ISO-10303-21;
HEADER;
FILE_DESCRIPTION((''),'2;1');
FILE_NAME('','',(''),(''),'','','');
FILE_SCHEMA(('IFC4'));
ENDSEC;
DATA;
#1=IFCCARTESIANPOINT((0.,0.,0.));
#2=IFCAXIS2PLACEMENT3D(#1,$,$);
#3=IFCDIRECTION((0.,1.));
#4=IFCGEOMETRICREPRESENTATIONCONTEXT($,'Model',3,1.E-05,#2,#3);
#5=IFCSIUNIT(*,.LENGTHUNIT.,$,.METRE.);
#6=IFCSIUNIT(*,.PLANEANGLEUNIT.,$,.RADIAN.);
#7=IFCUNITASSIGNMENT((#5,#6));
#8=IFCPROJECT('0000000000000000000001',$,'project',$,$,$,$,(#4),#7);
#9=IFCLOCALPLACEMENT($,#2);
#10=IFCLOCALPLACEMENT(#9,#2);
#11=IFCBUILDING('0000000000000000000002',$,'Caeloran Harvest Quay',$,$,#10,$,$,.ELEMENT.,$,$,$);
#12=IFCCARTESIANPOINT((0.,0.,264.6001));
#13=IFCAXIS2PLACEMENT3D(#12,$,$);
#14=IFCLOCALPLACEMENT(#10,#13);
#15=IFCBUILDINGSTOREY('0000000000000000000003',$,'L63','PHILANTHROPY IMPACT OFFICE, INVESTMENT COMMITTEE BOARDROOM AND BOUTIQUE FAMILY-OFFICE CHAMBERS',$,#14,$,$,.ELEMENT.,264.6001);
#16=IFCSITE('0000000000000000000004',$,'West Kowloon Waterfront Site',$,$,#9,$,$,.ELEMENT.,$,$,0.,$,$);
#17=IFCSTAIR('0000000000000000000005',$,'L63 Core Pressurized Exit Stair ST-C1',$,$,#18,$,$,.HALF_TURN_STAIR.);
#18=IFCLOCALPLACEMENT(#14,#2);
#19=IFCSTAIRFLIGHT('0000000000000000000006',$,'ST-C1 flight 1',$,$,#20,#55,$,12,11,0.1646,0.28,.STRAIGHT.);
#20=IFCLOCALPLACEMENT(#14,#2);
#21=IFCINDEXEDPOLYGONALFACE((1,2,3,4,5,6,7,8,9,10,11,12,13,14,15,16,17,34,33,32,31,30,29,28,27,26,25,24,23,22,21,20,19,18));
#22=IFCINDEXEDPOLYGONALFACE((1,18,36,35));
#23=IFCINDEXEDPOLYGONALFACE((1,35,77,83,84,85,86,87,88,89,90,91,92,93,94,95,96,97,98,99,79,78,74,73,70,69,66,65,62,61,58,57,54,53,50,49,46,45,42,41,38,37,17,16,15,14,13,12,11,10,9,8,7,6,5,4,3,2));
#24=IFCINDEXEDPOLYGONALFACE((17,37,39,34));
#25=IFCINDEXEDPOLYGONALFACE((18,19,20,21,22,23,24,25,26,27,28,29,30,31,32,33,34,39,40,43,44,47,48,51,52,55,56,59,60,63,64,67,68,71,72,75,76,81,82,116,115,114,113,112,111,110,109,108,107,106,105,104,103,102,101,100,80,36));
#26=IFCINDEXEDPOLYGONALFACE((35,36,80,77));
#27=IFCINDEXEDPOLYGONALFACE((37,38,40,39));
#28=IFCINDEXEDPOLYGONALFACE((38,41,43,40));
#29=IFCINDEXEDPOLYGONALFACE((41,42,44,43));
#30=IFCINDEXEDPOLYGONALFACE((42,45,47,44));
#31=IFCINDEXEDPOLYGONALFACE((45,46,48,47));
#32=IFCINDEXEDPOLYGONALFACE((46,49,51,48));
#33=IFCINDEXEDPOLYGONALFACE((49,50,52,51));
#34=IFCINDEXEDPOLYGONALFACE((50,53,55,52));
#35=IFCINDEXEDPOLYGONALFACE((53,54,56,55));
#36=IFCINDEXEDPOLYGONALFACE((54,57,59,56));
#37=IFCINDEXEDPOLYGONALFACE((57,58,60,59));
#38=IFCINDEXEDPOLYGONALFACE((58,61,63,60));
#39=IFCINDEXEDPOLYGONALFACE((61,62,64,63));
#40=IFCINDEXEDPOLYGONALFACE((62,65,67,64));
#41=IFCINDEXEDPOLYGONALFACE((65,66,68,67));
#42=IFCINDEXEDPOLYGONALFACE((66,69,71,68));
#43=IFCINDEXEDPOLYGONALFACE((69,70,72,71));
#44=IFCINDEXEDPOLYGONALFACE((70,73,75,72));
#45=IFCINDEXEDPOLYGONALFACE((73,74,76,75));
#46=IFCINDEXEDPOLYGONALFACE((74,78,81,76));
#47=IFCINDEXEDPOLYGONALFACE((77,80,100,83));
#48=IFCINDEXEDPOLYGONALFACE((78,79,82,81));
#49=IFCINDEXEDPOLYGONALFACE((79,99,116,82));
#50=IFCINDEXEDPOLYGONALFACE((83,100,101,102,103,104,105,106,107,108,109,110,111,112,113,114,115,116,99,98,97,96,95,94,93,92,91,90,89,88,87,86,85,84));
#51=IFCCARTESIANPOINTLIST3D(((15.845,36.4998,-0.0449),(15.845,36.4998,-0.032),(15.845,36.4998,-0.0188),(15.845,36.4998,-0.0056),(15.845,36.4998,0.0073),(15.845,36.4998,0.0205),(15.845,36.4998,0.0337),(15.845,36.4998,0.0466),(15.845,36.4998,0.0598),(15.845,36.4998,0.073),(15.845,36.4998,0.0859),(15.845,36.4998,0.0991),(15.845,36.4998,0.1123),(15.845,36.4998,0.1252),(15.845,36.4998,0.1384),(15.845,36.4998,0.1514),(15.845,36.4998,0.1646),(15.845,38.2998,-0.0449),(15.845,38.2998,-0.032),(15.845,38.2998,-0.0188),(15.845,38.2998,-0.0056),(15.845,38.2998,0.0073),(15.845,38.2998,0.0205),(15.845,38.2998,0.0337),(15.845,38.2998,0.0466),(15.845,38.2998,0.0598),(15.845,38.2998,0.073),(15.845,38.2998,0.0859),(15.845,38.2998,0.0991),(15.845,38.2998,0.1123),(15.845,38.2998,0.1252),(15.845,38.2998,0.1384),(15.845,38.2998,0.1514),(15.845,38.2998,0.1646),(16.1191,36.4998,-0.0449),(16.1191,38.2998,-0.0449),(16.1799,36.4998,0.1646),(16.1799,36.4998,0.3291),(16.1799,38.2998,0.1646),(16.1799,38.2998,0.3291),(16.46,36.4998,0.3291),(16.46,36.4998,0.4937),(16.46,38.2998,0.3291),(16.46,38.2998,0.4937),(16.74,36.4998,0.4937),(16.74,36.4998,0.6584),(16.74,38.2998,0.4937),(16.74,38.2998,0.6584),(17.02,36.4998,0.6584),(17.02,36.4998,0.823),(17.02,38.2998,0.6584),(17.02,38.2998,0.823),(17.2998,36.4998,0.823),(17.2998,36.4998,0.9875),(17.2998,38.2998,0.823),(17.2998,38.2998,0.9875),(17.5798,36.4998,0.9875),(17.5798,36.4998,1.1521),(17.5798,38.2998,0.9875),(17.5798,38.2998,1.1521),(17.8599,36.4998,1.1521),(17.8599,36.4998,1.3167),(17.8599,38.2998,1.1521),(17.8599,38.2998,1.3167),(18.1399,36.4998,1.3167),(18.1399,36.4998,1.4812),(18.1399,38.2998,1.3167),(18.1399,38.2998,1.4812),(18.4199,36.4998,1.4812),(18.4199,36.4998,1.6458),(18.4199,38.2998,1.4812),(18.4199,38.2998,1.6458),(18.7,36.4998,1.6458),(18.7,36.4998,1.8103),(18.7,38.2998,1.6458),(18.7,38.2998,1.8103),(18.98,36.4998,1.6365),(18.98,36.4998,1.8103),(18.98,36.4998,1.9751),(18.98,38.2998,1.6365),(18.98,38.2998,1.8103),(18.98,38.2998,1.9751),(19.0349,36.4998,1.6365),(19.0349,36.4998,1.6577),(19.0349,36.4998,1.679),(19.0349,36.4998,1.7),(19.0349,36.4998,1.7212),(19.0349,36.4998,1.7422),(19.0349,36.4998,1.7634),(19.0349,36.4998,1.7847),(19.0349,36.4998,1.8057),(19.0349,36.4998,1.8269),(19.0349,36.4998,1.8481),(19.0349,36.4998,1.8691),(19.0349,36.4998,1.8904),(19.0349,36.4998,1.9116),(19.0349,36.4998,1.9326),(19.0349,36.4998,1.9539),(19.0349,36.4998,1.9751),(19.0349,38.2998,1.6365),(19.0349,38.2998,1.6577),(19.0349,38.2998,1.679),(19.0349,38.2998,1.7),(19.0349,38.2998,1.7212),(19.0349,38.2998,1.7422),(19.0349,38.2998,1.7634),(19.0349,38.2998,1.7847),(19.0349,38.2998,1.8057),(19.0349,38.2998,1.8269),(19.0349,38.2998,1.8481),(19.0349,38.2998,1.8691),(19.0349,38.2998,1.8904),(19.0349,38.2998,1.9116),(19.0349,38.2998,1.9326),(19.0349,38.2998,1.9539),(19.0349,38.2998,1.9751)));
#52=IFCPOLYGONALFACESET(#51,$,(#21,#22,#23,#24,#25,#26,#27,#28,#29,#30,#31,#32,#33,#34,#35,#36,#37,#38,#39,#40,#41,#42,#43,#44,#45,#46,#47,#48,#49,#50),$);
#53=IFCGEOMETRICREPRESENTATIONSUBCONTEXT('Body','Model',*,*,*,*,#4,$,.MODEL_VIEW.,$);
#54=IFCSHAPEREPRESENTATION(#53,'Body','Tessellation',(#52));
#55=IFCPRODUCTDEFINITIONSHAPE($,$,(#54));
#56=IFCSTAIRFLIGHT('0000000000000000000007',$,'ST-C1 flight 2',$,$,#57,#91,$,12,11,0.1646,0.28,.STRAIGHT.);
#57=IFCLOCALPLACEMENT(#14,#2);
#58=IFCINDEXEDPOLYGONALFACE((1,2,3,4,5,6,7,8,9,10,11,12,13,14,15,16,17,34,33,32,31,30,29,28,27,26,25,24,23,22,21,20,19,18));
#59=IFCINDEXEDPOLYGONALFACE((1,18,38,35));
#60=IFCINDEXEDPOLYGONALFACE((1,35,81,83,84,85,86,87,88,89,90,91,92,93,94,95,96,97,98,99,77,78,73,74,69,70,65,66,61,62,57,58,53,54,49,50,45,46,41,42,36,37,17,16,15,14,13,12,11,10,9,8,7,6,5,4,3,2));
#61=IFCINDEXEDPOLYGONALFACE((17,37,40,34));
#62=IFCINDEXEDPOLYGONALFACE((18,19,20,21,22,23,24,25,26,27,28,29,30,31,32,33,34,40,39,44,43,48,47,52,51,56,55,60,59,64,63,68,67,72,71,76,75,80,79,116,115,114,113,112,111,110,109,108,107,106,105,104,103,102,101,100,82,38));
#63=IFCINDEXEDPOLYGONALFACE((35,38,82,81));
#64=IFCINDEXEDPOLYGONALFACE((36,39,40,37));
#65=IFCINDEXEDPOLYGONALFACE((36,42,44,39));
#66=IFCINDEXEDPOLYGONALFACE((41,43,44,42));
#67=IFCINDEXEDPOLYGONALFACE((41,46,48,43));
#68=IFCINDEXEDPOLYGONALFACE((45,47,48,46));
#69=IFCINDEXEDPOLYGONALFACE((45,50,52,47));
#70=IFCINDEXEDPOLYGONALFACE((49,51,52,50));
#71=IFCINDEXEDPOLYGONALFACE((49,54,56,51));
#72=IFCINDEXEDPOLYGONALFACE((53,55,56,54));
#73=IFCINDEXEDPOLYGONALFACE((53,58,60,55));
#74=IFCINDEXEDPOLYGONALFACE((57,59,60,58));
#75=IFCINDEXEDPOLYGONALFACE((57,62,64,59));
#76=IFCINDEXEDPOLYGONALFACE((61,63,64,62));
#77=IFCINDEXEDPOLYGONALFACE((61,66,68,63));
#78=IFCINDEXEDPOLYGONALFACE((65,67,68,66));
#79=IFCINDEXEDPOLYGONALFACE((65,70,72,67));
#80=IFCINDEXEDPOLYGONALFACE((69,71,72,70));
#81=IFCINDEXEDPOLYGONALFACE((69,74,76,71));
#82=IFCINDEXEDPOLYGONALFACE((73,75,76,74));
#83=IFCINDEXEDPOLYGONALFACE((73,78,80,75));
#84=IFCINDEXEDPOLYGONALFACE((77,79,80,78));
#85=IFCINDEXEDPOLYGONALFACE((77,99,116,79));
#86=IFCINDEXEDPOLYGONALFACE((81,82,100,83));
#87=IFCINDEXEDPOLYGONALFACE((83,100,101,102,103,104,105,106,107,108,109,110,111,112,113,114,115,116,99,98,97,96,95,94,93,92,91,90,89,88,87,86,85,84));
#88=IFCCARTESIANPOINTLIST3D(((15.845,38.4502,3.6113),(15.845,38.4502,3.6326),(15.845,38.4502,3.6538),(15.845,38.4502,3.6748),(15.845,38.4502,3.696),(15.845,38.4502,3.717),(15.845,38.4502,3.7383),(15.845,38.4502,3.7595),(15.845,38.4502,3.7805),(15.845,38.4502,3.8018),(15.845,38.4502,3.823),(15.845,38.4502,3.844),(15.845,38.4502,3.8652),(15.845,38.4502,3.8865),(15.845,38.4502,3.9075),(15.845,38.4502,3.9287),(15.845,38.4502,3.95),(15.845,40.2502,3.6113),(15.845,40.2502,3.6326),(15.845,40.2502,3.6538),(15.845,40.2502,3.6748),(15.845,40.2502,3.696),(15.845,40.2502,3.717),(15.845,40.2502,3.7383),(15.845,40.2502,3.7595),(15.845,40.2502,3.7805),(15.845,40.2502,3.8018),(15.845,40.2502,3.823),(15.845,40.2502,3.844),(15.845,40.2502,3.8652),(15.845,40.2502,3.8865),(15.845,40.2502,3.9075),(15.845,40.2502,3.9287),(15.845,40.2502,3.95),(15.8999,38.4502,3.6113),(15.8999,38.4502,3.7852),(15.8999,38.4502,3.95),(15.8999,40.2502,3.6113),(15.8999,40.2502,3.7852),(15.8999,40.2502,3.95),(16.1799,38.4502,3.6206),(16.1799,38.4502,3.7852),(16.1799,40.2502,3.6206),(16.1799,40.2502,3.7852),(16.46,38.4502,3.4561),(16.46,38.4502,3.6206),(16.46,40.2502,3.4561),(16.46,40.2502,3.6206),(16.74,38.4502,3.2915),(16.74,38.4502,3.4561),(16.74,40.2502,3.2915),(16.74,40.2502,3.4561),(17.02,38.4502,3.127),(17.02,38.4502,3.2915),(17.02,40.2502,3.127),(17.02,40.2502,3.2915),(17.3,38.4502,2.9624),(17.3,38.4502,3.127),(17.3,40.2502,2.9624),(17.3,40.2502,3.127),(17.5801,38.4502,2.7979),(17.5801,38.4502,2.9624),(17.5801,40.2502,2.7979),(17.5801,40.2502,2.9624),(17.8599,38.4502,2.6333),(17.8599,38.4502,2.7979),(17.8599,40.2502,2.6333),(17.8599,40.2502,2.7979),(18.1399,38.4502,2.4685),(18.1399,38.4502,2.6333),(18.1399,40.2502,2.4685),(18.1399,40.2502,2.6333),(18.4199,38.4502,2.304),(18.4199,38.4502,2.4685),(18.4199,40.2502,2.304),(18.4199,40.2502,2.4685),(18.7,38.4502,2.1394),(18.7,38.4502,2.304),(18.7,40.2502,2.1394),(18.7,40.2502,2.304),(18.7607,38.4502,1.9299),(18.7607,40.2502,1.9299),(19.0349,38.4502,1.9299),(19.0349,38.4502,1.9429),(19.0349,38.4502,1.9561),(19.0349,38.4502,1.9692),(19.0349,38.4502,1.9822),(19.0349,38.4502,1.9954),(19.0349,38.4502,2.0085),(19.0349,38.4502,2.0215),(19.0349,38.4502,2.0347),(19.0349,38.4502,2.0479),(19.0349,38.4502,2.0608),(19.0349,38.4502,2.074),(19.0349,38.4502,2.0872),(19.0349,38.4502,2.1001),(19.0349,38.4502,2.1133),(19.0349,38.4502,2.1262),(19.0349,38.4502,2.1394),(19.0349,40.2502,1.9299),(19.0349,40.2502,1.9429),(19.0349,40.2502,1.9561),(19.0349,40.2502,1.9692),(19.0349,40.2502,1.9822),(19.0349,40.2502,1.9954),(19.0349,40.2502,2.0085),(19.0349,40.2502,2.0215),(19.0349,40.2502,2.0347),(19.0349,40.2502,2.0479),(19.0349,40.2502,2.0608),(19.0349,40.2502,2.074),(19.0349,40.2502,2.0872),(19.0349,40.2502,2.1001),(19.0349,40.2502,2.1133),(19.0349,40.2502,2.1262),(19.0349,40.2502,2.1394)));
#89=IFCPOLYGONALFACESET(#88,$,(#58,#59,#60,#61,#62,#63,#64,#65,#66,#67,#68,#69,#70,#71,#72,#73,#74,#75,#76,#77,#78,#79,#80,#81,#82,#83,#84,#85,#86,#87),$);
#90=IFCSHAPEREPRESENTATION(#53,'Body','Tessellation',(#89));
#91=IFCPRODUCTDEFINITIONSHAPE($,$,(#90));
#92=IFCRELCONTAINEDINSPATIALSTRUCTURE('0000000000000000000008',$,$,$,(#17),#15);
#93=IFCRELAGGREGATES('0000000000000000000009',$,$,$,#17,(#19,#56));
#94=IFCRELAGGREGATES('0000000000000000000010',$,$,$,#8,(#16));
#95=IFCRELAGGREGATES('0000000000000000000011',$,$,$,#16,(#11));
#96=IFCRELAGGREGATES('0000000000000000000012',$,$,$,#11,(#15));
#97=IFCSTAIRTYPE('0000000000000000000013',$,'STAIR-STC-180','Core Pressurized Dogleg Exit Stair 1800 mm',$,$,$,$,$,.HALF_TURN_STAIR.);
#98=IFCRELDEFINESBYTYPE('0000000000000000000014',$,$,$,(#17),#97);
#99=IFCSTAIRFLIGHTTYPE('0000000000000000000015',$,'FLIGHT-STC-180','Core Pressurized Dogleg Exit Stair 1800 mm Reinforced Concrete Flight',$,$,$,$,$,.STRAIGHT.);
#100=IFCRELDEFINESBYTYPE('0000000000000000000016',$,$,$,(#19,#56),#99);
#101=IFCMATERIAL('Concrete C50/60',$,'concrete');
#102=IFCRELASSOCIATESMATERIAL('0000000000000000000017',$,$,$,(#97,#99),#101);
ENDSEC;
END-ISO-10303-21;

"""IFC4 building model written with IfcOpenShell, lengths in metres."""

from ifc_helpers import new_model, si_unit, direction, frame, origin, place, context, subcontext, project, spatial, polyline, outline, extrude, material, type_object, element, aggregate, save


model = new_model("IFC4")

# Units and contexts
model_context = context("Model", 3, precision=1e-05, world=origin(), true_north=direction((0.0, 1.0)))
body_context = subcontext(model_context, "Body", "Model", "MODEL_VIEW")
ifc_project = project(units=[si_unit("LENGTHUNIT", "METRE"), si_unit("PLANEANGLEUNIT", "RADIAN")], contexts=[model_context])

# Site, building, storey
site_placement = place(None, origin())
site = spatial("IfcSite", under=ifc_project, at=site_placement, Name="West Kowloon Waterfront Site", CompositionType="ELEMENT", RefElevation=0.0)
building_placement = place(site_placement, origin())
building = spatial("IfcBuilding", under=site, at=building_placement, Name="Caeloran Harvest Quay", CompositionType="ELEMENT")
storey_placement = place(building_placement, frame((0.0, 0.0, 264.6001)))
storey = spatial("IfcBuildingStorey", under=building, at=storey_placement, Name="L63", Description="PHILANTHROPY IMPACT OFFICE, INVESTMENT COMMITTEE BOARDROOM AND BOUTIQUE FAMILY-OFFICE CHAMBERS", CompositionType="ELEMENT", Elevation=264.6001)

# Stair, stair flights
ifc_material_1 = material(Name="Concrete C50/60", Category="concrete")
stair_type = type_object("IfcStairType", Name="STAIR-STC-180", Description="Core Pressurized Dogleg Exit Stair 1800 mm", PredefinedType="HALF_TURN_STAIR", material=ifc_material_1)
stair_1_placement = place(storey_placement, origin())
stair_1 = element("IfcStair", 1, at=stair_1_placement, inside=storey, type_object=stair_type, Name="L63 Core Pressurized Exit Stair ST-C1", PredefinedType="HALF_TURN_STAIR")
stair_flight_type = type_object("IfcStairFlightType", Name="FLIGHT-STC-180", Description="Core Pressurized Dogleg Exit Stair 1800 mm Reinforced Concrete Flight", PredefinedType="STRAIGHT", material=ifc_material_1)
stair_flight_1_placement = place(storey_placement, frame((15.8999, 37.3999, 0.0), z_axis=(0.0, 0.0, 1.0), x_axis=(1.0, 0.0, 0.0)))
stair_flight_1 = element("IfcStairFlight", 2, at=stair_flight_1_placement, type_object=stair_flight_type, Name="ST-C1 flight 1", NumberOfRisers=12, NumberOfTreads=11, PredefinedType="STRAIGHT", RiserHeight=0.1646, TreadLength=0.28, context=body_context, shape_type="SweptSolid", body=[
    extrude(outline(polyline([(-0.0549, -0.0449), (-0.0549, -0.032), (-0.0549, -0.0188), (-0.0549, -0.0056), (-0.0549, 0.0073), (-0.0549, 0.0205), (-0.0549, 0.0337), (-0.0549, 0.0466), (-0.0549, 0.0598), (-0.0549, 0.073), (-0.0549, 0.0859), (-0.0549, 0.0991), (-0.0549, 0.1123), (-0.0549, 0.1252), (-0.0549, 0.1384), (-0.0549, 0.1514), (-0.0549, 0.1646), (0.28, 0.1646), (0.28, 0.3291), (0.5601, 0.3291), (0.5601, 0.4937), (0.8401, 0.4937), (0.8401, 0.6584), (1.1201, 0.6584), (1.1201, 0.823), (1.3999, 0.823), (1.3999, 0.9875), (1.6799, 0.9875), (1.6799, 1.1521), (1.96, 1.1521), (1.96, 1.3167), (2.24, 1.3167), (2.24, 1.4812), (2.52, 1.4812), (2.52, 1.6458), (2.8, 1.6458), (2.8, 1.8103), (3.0801, 1.8103), (3.0801, 1.9751), (3.135, 1.9751), (3.135, 1.9539), (3.135, 1.9326), (3.135, 1.9116), (3.135, 1.8904), (3.135, 1.8691), (3.135, 1.8481), (3.135, 1.8269), (3.135, 1.8057), (3.135, 1.7847), (3.135, 1.7634), (3.135, 1.7422), (3.135, 1.7212), (3.135, 1.7), (3.135, 1.679), (3.135, 1.6577), (3.135, 1.6365), (3.0801, 1.6365), (0.2192, -0.0449), (-0.0549, -0.0449)])), frame((0.0, 0.8999, 0.0), z_axis=(0.0, -1.0, 0.0), x_axis=(1.0, 0.0, 0.0)), (0.0, 0.0, 1.0), 1.8),
])
stair_flight_2_placement = place(storey_placement, frame((18.98, 39.3501, 1.9749), z_axis=(0.0, 0.0, 1.0), x_axis=(-1.0, 0.0, 0.0)))
stair_flight_2 = element("IfcStairFlight", 3, at=stair_flight_2_placement, type_object=stair_flight_type, Name="ST-C1 flight 2", NumberOfRisers=12, NumberOfTreads=11, PredefinedType="STRAIGHT", RiserHeight=0.1646, TreadLength=0.28, context=body_context, shape_type="SweptSolid", body=[
    extrude(outline(polyline([(-0.0549, -0.0449), (-0.0549, -0.032), (-0.0549, -0.0188), (-0.0549, -0.0056), (-0.0549, 0.0073), (-0.0549, 0.0205), (-0.0549, 0.0337), (-0.0549, 0.0466), (-0.0549, 0.0598), (-0.0549, 0.073), (-0.0549, 0.0859), (-0.0549, 0.0991), (-0.0549, 0.1123), (-0.0549, 0.1252), (-0.0549, 0.1384), (-0.0549, 0.1514), (-0.0549, 0.1646), (0.28, 0.1646), (0.28, 0.3291), (0.5601, 0.3291), (0.5601, 0.4937), (0.8401, 0.4937), (0.8401, 0.6584), (1.1201, 0.6584), (1.1201, 0.823), (1.3999, 0.823), (1.3999, 0.9875), (1.6799, 0.9875), (1.6799, 1.1521), (1.96, 1.1521), (1.96, 1.3167), (2.24, 1.3167), (2.24, 1.4812), (2.52, 1.4812), (2.52, 1.6458), (2.8, 1.6458), (2.8, 1.8103), (3.0801, 1.8103), (3.0801, 1.9751), (3.135, 1.9751), (3.135, 1.9539), (3.135, 1.9326), (3.135, 1.9116), (3.135, 1.8904), (3.135, 1.8691), (3.135, 1.8481), (3.135, 1.8269), (3.135, 1.8057), (3.135, 1.7847), (3.135, 1.7634), (3.135, 1.7422), (3.135, 1.7212), (3.135, 1.7), (3.135, 1.679), (3.135, 1.6577), (3.135, 1.6365), (3.0801, 1.6365), (0.2192, -0.0449), (-0.0549, -0.0449)])), frame((0.0, 0.8999, 0.0), z_axis=(0.0, -1.0, 0.0), x_axis=(1.0, 0.0, 0.0)), (0.0, 0.0, 1.0), 1.8),
])
aggregate(stair_1, [stair_flight_1, stair_flight_2])

save(model, "model.ifc")
